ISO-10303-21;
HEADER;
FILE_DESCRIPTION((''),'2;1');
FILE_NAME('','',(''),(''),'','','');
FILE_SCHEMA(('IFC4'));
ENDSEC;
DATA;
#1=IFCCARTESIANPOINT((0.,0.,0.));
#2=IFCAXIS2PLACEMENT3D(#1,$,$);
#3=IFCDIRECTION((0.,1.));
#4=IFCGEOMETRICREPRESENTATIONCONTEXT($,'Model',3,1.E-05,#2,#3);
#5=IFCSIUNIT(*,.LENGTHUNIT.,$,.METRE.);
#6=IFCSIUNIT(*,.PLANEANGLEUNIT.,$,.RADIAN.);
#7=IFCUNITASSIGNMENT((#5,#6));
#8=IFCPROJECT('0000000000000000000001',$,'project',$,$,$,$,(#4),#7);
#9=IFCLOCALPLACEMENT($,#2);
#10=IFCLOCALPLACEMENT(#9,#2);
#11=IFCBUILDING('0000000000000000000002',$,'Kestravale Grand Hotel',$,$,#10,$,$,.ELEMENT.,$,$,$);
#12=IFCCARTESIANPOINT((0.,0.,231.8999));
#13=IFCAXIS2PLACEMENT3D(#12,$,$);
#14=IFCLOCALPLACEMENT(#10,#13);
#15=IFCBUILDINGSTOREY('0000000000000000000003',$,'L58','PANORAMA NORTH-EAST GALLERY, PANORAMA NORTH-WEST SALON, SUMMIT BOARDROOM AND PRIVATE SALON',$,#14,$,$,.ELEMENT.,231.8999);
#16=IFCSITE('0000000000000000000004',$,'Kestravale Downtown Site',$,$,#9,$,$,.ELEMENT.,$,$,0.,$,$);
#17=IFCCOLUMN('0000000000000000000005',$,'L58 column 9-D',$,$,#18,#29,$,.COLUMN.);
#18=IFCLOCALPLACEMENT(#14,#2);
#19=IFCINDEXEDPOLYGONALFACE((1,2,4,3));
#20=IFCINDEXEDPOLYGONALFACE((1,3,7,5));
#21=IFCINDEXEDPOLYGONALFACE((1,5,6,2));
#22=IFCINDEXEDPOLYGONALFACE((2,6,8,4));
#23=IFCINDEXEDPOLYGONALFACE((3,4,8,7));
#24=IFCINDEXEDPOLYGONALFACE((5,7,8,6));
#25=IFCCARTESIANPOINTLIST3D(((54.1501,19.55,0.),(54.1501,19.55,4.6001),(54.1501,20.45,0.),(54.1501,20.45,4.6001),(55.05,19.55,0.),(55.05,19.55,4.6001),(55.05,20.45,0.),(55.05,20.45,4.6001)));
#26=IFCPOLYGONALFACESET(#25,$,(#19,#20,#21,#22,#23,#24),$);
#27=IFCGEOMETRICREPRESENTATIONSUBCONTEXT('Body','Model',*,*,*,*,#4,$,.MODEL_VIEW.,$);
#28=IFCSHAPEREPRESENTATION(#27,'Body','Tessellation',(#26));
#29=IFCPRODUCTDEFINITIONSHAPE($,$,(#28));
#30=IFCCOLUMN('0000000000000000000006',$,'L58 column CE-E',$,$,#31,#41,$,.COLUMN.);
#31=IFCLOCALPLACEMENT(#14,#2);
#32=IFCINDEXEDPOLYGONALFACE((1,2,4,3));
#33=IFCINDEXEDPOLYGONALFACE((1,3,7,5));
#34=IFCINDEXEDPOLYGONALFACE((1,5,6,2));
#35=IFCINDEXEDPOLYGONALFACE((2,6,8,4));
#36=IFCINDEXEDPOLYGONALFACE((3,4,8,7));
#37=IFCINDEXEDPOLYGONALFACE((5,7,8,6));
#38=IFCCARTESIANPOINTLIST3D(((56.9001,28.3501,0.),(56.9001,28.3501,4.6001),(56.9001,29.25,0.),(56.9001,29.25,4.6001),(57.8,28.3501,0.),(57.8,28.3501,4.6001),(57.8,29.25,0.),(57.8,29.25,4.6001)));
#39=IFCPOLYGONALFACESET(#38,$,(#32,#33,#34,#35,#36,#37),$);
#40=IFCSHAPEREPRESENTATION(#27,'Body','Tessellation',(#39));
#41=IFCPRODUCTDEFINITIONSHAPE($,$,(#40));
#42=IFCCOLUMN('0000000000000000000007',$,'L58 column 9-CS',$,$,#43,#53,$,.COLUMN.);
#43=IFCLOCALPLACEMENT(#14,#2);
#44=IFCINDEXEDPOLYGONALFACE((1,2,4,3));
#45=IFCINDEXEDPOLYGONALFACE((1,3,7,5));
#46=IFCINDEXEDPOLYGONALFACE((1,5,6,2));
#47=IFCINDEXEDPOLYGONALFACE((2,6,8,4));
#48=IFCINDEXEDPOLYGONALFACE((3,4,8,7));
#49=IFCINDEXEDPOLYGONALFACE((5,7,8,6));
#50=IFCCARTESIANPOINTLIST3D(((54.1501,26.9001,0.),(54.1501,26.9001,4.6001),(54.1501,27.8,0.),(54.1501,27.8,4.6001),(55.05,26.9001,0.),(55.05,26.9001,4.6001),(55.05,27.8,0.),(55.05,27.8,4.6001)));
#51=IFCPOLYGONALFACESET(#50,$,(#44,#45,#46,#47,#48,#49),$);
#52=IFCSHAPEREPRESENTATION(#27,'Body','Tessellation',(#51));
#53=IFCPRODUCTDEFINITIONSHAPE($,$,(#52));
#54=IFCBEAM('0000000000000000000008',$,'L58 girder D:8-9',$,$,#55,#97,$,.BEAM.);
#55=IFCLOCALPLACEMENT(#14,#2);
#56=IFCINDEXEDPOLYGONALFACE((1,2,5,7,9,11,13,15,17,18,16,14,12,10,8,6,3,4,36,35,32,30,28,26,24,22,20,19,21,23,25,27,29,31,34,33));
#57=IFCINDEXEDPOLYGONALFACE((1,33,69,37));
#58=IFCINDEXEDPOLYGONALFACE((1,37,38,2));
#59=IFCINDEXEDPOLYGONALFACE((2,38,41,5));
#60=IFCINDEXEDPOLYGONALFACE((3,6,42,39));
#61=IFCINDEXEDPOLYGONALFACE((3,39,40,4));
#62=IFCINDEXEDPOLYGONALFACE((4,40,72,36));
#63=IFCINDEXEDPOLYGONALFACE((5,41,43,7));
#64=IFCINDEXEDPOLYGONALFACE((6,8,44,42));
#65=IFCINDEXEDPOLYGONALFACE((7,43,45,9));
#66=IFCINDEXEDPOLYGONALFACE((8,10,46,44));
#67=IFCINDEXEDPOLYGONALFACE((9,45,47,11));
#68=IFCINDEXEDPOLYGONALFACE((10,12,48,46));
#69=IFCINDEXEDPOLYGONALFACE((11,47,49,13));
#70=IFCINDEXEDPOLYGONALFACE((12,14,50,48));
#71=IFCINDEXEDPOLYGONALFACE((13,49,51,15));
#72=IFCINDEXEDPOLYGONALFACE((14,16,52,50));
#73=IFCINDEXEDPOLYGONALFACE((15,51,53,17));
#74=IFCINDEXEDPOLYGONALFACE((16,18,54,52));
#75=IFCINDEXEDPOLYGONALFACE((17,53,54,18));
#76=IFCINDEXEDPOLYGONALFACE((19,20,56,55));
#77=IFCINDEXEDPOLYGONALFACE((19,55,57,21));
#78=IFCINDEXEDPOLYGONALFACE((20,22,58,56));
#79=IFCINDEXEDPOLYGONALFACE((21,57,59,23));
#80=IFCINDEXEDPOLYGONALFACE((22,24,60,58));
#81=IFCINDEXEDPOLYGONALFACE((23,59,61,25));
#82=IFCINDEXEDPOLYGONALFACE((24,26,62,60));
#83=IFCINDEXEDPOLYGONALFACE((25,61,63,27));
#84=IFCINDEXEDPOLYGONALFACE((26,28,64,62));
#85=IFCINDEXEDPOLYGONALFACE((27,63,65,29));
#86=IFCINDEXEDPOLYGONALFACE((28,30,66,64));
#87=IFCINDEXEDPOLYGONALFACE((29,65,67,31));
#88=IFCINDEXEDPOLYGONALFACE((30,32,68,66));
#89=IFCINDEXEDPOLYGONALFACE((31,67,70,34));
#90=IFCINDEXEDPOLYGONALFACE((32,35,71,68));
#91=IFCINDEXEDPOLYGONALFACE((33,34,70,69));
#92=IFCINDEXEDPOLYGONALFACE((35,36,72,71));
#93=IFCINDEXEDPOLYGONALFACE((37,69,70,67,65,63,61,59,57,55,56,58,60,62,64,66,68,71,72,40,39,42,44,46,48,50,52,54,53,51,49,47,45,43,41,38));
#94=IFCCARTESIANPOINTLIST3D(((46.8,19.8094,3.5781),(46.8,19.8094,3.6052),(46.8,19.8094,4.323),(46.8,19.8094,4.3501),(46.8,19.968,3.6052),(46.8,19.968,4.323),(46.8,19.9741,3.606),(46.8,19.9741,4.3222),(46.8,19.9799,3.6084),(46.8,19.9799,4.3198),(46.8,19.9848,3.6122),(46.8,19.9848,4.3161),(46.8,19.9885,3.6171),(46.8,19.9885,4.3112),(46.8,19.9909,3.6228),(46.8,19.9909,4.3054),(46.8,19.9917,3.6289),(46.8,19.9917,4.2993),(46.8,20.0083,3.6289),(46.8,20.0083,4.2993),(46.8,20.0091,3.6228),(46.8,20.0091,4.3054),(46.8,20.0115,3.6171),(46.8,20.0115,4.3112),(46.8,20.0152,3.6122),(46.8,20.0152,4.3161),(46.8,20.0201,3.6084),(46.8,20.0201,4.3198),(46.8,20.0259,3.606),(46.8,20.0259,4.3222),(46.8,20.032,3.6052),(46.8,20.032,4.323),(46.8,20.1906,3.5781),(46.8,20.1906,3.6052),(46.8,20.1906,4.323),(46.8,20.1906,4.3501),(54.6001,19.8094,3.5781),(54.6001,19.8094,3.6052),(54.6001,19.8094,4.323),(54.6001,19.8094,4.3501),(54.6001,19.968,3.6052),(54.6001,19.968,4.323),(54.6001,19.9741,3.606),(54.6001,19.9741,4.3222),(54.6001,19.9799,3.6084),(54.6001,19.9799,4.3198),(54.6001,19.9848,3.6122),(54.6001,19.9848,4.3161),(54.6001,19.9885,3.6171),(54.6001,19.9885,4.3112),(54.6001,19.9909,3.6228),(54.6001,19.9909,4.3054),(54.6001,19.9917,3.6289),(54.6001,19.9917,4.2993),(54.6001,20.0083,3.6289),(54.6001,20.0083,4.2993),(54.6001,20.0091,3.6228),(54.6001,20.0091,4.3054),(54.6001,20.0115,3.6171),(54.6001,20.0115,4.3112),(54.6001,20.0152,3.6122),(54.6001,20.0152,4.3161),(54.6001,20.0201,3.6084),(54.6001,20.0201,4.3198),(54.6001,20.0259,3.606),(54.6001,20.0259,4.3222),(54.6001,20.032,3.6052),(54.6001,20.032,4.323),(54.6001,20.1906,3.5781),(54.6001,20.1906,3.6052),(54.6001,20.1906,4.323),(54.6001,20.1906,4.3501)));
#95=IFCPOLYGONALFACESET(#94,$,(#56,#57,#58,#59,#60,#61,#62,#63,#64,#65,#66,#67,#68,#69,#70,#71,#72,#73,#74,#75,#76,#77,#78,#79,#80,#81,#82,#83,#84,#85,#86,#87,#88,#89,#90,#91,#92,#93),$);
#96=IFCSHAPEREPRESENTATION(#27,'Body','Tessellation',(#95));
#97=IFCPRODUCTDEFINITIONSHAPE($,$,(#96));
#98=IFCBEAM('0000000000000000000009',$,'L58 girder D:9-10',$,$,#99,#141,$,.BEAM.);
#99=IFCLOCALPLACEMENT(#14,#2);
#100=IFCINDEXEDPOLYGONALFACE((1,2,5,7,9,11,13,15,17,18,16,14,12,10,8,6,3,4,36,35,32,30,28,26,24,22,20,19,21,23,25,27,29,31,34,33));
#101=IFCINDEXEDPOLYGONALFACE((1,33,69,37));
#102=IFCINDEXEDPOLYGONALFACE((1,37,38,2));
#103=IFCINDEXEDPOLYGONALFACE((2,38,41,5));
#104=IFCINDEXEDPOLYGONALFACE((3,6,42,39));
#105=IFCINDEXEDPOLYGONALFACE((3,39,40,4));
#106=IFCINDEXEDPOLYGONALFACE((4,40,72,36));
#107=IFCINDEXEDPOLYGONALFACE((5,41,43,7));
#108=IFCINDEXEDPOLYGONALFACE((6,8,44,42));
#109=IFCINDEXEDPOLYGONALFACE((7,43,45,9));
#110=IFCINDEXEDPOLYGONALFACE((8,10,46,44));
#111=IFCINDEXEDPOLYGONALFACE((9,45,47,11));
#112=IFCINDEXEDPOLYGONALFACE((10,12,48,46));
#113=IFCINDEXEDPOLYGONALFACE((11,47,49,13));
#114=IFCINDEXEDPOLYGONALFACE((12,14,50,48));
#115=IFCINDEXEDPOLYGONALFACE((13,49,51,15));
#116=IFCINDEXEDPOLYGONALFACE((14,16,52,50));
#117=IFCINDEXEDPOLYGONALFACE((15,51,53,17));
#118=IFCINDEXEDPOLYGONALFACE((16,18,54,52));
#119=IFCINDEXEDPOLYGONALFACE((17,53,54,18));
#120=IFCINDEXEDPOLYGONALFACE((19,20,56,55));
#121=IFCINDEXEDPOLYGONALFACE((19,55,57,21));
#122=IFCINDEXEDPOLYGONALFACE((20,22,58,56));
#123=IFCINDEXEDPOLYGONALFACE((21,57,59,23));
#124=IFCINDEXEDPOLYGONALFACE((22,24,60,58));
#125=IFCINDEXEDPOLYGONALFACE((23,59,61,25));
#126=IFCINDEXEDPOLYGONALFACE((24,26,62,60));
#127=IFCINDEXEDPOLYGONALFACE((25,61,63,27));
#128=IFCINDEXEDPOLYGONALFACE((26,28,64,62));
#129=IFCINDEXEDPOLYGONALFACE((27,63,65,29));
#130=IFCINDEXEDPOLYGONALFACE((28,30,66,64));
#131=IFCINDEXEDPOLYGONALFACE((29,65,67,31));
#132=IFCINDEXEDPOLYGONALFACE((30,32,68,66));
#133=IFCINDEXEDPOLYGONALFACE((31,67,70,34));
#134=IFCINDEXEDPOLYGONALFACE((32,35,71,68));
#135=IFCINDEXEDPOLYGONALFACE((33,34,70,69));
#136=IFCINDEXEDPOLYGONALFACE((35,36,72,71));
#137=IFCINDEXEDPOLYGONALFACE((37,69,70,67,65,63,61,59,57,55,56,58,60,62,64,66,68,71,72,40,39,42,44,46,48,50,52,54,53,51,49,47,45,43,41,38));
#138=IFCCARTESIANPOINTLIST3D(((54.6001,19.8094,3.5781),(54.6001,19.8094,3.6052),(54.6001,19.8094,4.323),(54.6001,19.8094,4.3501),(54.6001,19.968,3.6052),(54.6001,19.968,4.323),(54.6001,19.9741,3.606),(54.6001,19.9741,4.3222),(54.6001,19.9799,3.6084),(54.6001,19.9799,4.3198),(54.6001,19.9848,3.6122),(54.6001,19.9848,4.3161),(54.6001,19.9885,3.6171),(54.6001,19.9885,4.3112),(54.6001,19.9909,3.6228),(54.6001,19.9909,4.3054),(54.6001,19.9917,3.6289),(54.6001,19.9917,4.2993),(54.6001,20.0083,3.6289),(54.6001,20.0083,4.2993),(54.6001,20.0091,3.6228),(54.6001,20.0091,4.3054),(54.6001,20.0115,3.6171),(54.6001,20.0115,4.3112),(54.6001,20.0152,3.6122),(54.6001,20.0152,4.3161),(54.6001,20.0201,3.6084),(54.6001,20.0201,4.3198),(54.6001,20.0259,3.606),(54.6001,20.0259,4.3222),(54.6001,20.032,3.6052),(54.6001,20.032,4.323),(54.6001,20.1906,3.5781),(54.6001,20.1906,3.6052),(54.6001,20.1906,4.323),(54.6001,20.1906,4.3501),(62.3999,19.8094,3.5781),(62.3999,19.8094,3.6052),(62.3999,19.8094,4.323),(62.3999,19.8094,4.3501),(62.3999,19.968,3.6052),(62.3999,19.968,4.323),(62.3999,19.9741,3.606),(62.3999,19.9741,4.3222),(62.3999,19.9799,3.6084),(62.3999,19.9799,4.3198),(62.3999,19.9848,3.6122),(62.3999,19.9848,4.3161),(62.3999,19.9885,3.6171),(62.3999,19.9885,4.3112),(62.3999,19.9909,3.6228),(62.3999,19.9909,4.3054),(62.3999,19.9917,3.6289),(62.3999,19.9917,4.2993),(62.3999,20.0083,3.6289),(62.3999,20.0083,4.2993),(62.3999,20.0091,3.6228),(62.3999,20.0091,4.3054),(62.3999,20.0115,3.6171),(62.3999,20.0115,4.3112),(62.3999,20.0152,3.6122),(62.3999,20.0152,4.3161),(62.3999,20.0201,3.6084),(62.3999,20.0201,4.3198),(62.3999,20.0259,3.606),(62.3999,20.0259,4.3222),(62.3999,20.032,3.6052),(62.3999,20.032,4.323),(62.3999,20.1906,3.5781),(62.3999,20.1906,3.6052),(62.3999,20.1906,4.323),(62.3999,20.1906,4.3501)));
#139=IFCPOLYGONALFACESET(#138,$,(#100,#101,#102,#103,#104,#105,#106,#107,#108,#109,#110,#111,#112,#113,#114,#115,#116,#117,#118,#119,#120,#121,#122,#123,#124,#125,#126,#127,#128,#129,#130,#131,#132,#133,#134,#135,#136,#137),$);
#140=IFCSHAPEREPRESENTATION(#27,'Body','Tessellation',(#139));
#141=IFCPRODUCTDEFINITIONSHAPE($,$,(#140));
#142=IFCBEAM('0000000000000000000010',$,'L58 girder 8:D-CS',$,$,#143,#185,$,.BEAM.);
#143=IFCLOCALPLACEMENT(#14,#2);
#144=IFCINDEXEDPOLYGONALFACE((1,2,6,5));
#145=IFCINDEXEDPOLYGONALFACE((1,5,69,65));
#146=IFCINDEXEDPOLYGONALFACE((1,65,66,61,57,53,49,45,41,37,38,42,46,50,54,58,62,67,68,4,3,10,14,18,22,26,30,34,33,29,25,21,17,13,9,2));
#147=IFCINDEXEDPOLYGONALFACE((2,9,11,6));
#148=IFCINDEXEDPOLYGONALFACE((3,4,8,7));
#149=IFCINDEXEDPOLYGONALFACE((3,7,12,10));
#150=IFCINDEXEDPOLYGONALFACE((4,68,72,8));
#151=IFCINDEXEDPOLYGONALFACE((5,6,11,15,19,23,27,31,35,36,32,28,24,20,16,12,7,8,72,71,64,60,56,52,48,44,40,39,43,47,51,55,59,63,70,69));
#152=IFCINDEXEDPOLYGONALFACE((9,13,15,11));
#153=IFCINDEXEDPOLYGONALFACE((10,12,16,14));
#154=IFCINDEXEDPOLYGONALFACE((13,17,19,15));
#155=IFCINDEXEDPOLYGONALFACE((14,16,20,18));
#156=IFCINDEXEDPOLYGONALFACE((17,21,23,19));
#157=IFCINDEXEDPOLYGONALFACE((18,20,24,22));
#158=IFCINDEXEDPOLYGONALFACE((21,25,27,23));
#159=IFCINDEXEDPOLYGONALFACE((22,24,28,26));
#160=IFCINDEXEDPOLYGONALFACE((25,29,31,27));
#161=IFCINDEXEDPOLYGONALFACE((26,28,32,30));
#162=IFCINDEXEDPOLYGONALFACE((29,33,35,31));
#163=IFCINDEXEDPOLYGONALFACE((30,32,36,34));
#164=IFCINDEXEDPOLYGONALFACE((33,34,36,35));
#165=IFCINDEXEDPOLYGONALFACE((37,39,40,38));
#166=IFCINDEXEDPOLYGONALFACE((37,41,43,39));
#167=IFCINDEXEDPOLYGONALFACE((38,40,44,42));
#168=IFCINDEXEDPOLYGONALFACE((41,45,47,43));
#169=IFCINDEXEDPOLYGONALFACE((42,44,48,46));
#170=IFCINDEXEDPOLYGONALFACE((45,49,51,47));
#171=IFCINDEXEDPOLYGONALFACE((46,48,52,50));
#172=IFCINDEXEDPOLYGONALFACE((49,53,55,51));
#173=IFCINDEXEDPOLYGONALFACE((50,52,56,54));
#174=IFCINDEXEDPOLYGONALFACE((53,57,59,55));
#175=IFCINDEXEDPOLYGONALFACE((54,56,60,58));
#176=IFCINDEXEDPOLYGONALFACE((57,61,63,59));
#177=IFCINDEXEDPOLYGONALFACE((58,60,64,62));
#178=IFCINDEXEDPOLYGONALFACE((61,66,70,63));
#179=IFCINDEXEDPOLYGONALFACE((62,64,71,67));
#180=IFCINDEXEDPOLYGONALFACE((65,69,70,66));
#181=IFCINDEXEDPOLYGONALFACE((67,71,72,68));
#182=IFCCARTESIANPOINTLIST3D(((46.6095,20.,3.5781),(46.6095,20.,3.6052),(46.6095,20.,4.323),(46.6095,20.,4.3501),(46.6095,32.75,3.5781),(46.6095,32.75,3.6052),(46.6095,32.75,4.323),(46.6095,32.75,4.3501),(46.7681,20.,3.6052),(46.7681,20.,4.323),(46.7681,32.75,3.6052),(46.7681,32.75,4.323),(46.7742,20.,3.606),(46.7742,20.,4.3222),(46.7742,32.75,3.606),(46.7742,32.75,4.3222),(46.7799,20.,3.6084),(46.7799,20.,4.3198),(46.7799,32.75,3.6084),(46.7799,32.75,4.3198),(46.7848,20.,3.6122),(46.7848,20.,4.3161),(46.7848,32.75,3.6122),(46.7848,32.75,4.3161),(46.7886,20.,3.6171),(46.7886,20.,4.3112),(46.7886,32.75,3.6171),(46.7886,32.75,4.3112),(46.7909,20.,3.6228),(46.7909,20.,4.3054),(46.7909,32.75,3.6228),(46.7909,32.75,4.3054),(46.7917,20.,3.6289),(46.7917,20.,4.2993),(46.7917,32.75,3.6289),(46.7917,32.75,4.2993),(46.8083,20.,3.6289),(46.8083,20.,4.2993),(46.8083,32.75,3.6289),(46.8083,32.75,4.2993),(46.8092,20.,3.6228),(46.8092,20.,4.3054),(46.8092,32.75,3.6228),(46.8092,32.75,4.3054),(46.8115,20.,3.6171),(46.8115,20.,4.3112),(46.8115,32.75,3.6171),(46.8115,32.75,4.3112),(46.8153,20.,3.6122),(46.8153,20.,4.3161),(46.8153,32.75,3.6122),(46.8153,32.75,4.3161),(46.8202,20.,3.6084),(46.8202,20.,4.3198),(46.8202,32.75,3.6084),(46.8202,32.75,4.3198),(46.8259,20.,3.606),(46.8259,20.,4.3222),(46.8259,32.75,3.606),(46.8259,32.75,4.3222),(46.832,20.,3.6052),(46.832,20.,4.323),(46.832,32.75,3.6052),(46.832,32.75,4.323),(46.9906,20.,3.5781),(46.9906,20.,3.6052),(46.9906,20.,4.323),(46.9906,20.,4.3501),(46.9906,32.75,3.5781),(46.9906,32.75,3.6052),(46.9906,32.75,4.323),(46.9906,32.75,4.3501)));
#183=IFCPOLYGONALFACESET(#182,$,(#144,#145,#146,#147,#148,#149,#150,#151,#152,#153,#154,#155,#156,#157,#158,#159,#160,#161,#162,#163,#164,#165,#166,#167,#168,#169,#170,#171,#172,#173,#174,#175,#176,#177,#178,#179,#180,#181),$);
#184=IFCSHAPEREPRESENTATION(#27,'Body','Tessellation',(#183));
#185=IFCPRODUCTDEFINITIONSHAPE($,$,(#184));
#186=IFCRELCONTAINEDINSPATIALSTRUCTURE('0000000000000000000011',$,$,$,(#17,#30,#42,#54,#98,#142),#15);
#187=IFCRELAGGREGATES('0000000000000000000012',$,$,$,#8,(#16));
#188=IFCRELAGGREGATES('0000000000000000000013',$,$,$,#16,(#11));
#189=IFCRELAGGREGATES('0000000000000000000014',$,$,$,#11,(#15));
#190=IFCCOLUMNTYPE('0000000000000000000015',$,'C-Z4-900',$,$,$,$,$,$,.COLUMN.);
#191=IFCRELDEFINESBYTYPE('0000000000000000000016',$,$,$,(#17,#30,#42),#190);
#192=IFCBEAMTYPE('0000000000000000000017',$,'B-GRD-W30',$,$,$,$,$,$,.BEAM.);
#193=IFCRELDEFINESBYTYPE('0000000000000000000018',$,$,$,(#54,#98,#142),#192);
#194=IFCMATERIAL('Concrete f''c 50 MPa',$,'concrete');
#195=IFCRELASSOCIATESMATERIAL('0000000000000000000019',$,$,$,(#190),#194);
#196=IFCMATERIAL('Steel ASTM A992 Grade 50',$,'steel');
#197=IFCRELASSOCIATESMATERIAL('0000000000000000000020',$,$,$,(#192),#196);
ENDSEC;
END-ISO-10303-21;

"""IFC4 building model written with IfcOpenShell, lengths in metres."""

from ifc_helpers import new_model, si_unit, direction, frame, origin, origin_2d, place, context, subcontext, project, spatial, rectangle, i_section, extrude, material, material_profile, profile_set, type_object, element, save


model = new_model("IFC4")

# Units and contexts
model_context = context("Model", 3, precision=1e-05, world=origin(), true_north=direction((0.0, 1.0)))
body_context = subcontext(model_context, "Body", "Model", "MODEL_VIEW")
ifc_project = project(units=[si_unit("LENGTHUNIT", "METRE"), si_unit("PLANEANGLEUNIT", "RADIAN")], contexts=[model_context])

# Site, building, storey
site_placement = place(None, origin())
site = spatial("IfcSite", under=ifc_project, at=site_placement, Name="Kestravale Downtown Site", CompositionType="ELEMENT", RefElevation=0.0)
building_placement = place(site_placement, origin())
building = spatial("IfcBuilding", under=site, at=building_placement, Name="Kestravale Grand Hotel", CompositionType="ELEMENT")
storey_placement = place(building_placement, frame((0.0, 0.0, 231.8999)))
storey = spatial("IfcBuildingStorey", under=building, at=storey_placement, Name="L58", Description="PANORAMA NORTH-EAST GALLERY, PANORAMA NORTH-WEST SALON, SUMMIT BOARDROOM AND PRIVATE SALON", CompositionType="ELEMENT", Elevation=231.8999)

# Columns
ifc_material_1 = material(Name="Concrete f'c 50 MPa", Category="concrete")
ifc_material_profile_1 = material_profile(ifc_material_1, rectangle(XDim=0.8999, YDim=0.8999, at=origin_2d()))
ifc_profile_set_1 = profile_set([ifc_material_profile_1], Name="Concrete f'c 50 MPa")
column_type = type_object("IfcColumnType", Name="C-Z4-900", PredefinedType="COLUMN", material=ifc_profile_set_1)
for number, where, z_axis, x_axis, name in (
    (1, (54.6001, 20.0, 0.0), (0.0, 0.0, 1.0), (1.0, 0.0, 0.0), "L58 column 9-D"),
    (2, (57.3501, 28.8, 0.0), (0.0, 0.0, 1.0), (1.0, 0.0, 0.0), "L58 column CE-E"),
    (3, (54.6001, 27.3501, 0.0), (0.0, 0.0, 1.0), (1.0, 0.0, 0.0), "L58 column 9-CS"),
):
    element("IfcColumn", number, at=place(storey_placement, frame(where, z_axis=z_axis, x_axis=x_axis)), inside=storey, type_object=column_type, Name=name, PredefinedType="COLUMN", context=body_context, shape_type="SweptSolid", body=[
        extrude(rectangle(XDim=0.8999, YDim=0.8999, at=origin_2d()), origin(), (0.0, 0.0, 1.0), 4.6001),
    ])

# Beams
ifc_material_2 = material(Name="Steel ASTM A992 Grade 50", Category="steel")
ifc_material_profile_2 = material_profile(ifc_material_2, i_section(OverallWidth=0.3811, OverallDepth=0.772, WebThickness=0.0166, FlangeThickness=0.0271, FilletRadius=0.0237, at=origin_2d()))
ifc_profile_set_2 = profile_set([ifc_material_profile_2], Name="Steel ASTM A992 Grade 50")
beam_type = type_object("IfcBeamType", Name="B-GRD-W30", PredefinedType="BEAM", material=ifc_profile_set_2)
beam_1_placement = place(storey_placement, frame((46.8, 20.0, 3.9641), z_axis=(1.0, 0.0, 0.0), x_axis=(0.0, 1.0, 0.0)))
element("IfcBeam", 4, at=beam_1_placement, inside=storey, type_object=beam_type, Name="L58 girder D:8-9", PredefinedType="BEAM", context=body_context, shape_type="SweptSolid", body=[
    extrude(i_section(OverallWidth=0.3811, OverallDepth=0.772, WebThickness=0.0166, FlangeThickness=0.0271, FilletRadius=0.0237, at=origin_2d()), origin(), (0.0, 0.0, 1.0), 7.8),
])
beam_2_placement = place(storey_placement, frame((54.6001, 20.0, 3.9641), z_axis=(1.0, 0.0, 0.0), x_axis=(0.0, 1.0, 0.0)))
element("IfcBeam", 5, at=beam_2_placement, inside=storey, type_object=beam_type, Name="L58 girder D:9-10", PredefinedType="BEAM", context=body_context, shape_type="SweptSolid", body=[
    extrude(i_section(OverallWidth=0.3811, OverallDepth=0.772, WebThickness=0.0166, FlangeThickness=0.0271, FilletRadius=0.0237, at=origin_2d()), origin(), (0.0, 0.0, 1.0), 7.7998),
])
beam_3_placement = place(storey_placement, frame((46.8, 20.0, 3.9641), z_axis=(0.0, 1.0, 0.0), x_axis=(-1.0, 0.0, 0.0)))
element("IfcBeam", 6, at=beam_3_placement, inside=storey, type_object=beam_type, Name="L58 girder 8:D-CS", PredefinedType="BEAM", context=body_context, shape_type="SweptSolid", body=[
    extrude(i_section(OverallWidth=0.3811, OverallDepth=0.772, WebThickness=0.0166, FlangeThickness=0.0271, FilletRadius=0.0237, at=origin_2d()), origin(), (0.0, 0.0, 1.0), 12.75),
])

save(model, "model.ifc")
